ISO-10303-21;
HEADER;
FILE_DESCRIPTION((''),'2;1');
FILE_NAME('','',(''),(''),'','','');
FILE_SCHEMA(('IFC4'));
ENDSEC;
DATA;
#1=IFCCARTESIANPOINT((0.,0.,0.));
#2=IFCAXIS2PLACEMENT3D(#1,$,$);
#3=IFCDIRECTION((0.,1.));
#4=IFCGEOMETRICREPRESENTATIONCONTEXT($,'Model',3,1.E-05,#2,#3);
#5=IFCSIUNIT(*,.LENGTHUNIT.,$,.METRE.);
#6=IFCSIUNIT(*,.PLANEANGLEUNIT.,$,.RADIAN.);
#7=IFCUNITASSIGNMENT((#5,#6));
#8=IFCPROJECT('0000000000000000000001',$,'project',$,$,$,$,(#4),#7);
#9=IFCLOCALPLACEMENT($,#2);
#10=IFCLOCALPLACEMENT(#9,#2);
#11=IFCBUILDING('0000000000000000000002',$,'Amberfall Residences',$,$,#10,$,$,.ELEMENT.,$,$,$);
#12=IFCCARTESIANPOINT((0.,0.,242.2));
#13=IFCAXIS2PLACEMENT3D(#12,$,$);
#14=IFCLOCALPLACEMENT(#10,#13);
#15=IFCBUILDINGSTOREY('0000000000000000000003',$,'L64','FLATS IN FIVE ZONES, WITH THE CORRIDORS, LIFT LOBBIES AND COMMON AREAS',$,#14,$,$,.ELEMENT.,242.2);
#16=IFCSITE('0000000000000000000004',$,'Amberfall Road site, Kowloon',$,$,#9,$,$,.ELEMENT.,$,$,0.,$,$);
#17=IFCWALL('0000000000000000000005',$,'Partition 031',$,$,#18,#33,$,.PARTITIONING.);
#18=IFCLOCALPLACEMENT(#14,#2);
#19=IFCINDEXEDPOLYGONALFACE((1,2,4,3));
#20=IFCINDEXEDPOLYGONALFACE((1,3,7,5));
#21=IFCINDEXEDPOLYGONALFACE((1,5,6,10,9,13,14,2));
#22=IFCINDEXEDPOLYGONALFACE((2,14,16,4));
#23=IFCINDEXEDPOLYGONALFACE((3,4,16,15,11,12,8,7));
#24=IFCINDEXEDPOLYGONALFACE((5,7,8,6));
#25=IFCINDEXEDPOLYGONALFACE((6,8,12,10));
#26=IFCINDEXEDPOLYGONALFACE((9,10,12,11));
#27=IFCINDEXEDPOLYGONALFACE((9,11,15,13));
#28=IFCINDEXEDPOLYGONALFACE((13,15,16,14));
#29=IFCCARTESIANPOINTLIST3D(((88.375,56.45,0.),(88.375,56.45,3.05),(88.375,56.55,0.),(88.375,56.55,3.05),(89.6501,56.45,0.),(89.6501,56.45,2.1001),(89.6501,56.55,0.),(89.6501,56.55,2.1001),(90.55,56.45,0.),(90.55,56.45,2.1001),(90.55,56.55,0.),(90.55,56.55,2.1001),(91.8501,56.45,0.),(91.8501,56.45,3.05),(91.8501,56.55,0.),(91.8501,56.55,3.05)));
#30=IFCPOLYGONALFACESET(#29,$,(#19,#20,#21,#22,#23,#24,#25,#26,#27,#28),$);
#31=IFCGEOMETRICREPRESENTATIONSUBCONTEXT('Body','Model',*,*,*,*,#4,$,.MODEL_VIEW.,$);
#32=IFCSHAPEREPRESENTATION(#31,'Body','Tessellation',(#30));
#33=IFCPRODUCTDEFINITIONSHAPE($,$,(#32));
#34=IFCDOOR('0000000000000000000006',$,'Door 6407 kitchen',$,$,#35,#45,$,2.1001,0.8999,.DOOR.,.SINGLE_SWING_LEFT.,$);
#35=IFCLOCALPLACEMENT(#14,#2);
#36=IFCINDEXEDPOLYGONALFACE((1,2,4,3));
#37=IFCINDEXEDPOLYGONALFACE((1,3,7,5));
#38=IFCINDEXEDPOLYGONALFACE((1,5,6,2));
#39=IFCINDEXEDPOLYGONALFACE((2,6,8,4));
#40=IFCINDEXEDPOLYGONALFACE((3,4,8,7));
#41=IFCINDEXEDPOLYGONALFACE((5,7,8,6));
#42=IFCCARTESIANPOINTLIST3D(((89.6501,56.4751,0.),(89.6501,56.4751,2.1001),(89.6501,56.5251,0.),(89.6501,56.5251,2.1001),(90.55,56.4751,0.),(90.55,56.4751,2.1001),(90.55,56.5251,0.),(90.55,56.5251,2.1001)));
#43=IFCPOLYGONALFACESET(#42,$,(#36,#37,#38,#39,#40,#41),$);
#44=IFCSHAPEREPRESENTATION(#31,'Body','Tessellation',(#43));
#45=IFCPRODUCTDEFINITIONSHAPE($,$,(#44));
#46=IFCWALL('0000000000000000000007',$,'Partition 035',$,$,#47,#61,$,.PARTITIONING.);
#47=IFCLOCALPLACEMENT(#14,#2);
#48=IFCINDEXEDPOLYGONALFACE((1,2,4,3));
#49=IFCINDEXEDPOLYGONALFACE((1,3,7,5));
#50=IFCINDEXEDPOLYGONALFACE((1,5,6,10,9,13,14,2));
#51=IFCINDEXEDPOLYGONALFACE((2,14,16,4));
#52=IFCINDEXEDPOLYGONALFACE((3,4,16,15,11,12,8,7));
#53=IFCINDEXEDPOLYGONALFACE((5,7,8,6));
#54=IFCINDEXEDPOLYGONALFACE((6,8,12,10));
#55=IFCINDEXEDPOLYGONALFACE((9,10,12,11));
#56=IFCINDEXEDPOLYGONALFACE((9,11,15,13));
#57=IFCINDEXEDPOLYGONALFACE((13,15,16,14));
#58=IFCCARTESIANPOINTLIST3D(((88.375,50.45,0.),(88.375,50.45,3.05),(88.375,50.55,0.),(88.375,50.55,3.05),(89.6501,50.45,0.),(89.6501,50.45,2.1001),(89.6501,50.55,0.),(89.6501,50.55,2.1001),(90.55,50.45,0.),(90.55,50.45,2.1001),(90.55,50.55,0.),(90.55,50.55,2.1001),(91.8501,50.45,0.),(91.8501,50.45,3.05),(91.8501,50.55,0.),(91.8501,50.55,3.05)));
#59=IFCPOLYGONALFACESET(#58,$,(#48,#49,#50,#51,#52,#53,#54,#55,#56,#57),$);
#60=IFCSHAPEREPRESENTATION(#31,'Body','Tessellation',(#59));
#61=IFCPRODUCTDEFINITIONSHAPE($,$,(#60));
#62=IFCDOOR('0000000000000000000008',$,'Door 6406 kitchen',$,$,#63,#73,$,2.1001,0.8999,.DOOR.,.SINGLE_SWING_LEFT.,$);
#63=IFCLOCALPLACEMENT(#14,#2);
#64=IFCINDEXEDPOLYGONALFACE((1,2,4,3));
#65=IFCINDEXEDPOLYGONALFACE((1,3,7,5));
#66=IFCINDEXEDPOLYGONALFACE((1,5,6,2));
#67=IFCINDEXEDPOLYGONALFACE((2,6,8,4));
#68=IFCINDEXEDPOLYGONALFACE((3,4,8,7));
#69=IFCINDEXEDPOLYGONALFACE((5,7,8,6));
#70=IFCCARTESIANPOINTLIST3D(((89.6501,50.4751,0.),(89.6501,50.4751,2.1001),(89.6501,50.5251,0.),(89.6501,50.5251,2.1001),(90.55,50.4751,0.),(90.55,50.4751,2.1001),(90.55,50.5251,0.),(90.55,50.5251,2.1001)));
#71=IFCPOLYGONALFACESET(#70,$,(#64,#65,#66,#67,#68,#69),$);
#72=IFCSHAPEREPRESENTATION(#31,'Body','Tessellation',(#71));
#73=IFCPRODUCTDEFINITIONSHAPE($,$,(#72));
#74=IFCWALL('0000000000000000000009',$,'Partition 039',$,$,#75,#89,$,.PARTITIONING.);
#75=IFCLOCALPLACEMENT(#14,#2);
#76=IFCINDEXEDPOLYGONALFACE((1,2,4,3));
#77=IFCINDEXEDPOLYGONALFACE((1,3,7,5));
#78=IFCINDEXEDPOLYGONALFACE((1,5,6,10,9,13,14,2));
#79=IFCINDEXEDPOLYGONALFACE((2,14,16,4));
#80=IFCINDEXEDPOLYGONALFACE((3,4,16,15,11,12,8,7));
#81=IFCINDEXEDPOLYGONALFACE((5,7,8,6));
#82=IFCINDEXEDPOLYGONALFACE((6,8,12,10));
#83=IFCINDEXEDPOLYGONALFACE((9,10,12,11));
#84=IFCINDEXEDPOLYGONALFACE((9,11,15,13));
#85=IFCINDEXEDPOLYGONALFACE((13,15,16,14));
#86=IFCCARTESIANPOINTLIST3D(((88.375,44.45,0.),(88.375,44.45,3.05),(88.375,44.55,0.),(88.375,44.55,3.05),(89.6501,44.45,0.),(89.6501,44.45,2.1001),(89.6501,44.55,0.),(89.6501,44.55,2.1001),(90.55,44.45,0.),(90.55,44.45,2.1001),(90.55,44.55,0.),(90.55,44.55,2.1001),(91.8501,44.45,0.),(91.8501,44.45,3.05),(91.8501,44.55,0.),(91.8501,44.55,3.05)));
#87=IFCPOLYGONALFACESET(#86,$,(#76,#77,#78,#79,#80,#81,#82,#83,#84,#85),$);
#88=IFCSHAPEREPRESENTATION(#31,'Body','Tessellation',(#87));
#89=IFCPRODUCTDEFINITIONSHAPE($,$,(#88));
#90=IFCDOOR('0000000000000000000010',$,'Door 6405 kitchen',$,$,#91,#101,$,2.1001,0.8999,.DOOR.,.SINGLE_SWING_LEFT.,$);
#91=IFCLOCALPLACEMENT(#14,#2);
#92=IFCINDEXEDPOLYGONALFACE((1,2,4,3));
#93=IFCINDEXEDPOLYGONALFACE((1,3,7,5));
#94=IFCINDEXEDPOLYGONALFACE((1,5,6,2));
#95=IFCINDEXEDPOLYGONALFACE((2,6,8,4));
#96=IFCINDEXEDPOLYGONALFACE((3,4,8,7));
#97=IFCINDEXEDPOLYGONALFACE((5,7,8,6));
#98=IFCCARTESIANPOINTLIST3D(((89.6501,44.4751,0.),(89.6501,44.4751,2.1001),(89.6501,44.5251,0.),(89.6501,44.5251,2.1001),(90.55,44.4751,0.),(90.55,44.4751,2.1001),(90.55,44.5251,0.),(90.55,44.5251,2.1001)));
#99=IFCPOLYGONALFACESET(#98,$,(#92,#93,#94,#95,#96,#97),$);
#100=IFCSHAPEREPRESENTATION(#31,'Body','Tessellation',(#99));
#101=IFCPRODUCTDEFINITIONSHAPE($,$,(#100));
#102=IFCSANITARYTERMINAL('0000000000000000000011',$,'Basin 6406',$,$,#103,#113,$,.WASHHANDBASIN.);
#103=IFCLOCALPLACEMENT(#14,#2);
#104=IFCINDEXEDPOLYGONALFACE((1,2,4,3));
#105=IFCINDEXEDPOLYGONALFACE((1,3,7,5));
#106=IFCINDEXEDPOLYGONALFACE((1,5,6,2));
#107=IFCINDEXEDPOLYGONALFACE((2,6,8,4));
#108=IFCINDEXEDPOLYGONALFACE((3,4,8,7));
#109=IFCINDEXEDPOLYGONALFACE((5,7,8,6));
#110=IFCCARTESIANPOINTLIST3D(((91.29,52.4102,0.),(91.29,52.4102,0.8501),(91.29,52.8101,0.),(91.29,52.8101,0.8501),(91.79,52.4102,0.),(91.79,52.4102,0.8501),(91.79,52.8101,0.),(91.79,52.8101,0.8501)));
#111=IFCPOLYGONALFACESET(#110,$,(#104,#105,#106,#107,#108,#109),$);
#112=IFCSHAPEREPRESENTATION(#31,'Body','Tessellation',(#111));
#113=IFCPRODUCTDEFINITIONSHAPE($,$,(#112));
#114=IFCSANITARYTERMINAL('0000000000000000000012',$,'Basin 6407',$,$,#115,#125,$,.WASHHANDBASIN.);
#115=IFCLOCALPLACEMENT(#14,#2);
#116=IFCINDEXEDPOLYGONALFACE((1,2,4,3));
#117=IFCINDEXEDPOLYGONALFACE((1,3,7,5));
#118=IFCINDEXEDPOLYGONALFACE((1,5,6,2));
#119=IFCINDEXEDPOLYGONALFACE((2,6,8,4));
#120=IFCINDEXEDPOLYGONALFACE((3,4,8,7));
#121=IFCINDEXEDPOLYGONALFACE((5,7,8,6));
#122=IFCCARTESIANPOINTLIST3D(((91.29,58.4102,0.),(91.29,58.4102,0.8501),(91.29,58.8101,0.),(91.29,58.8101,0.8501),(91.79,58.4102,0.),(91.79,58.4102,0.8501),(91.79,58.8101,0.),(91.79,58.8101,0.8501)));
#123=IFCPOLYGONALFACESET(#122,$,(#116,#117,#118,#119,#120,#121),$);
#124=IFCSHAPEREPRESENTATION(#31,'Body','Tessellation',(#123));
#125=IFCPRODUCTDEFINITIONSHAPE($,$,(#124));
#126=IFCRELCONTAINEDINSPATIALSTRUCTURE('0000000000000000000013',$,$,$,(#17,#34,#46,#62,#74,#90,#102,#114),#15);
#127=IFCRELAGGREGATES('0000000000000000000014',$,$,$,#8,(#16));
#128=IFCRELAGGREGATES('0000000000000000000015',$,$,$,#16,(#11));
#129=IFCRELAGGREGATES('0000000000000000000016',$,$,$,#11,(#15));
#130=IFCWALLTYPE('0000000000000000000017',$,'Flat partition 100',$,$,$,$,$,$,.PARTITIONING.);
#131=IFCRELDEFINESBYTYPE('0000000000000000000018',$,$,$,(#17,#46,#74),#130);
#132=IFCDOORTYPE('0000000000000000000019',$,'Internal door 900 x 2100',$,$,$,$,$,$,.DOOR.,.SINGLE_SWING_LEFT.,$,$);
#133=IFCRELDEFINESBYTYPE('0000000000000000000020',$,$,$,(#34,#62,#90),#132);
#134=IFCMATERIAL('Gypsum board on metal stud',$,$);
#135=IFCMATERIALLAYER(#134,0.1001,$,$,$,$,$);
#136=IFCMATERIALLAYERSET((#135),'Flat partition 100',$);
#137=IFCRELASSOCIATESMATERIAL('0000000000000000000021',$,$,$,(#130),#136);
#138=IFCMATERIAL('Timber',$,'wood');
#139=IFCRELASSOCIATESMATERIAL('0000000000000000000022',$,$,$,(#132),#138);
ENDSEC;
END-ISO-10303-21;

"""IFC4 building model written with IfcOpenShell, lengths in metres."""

from ifc_helpers import new_model, si_unit, direction, frame, frame_2d, origin, origin_2d, place, context, subcontext, project, spatial, rectangle, extrude, material, layer, layer_set, type_object, element, fill, save


model = new_model("IFC4")

# Units and contexts
model_context = context("Model", 3, precision=1e-05, world=origin(), true_north=direction((0.0, 1.0)))
body_context = subcontext(model_context, "Body", "Model", "MODEL_VIEW")
ifc_project = project(units=[si_unit("LENGTHUNIT", "METRE"), si_unit("PLANEANGLEUNIT", "RADIAN")], contexts=[model_context])

# Site, building, storey
site_placement = place(None, origin())
site = spatial("IfcSite", under=ifc_project, at=site_placement, Name="Amberfall Road site, Kowloon", CompositionType="ELEMENT", RefElevation=0.0)
building_placement = place(site_placement, origin())
building = spatial("IfcBuilding", under=site, at=building_placement, Name="Amberfall Residences", CompositionType="ELEMENT")
storey_placement = place(building_placement, frame((0.0, 0.0, 242.2)))
storey = spatial("IfcBuildingStorey", under=building, at=storey_placement, Name="L64", Description="FLATS IN FIVE ZONES, WITH THE CORRIDORS, LIFT LOBBIES AND COMMON AREAS", CompositionType="ELEMENT", Elevation=242.2)

# Shared definitions
ifc_material_1 = material(Name="Gypsum board on metal stud")
ifc_layer_1 = layer(ifc_material_1, 0.1001)
ifc_layer_set_1 = layer_set([ifc_layer_1], Name="Flat partition 100")
wall_type = type_object("IfcWallType", Name="Flat partition 100", PredefinedType="PARTITIONING", material=ifc_layer_set_1)

# Walls, openings, doors
wall_1_placement = place(storey_placement, frame((91.8501, 56.5, 0.0), z_axis=(0.0, 0.0, 1.0), x_axis=(-1.0, 0.0, 0.0)))
wall_1 = element("IfcWall", 1, at=wall_1_placement, inside=storey, type_object=wall_type, Name="Partition 031", PredefinedType="PARTITIONING", context=body_context, shape_type="SweptSolid", body=[
    extrude(rectangle(XDim=3.4751, YDim=0.1001, at=frame_2d((1.7375, 0.0))), origin(), (0.0, 0.0, 1.0), 3.05),
])
opening_1_placement = place(wall_1_placement, frame((1.3, 0.0, 0.0)))
opening_1 = element("IfcOpeningElement", 2, at=opening_1_placement, cuts=wall_1, PredefinedType="OPENING", context=body_context, shape_type="SweptSolid", body=[
    extrude(rectangle(XDim=0.8999, YDim=2.1001, at=frame_2d((0.45, 1.05))), frame((0.0, 0.0601, 0.0), z_axis=(0.0, -1.0, 0.0), x_axis=(1.0, 0.0, 0.0)), (0.0, 0.0, 1.0), 0.1201),
])
ifc_material_2 = material(Name="Timber", Category="wood")
door_type = type_object("IfcDoorType", Name="Internal door 900 x 2100", OperationType="SINGLE_SWING_LEFT", PredefinedType="DOOR", material=ifc_material_2)
door_1_placement = place(opening_1_placement, origin())
door_1 = element("IfcDoor", 3, at=door_1_placement, inside=storey, type_object=door_type, Name="Door 6407 kitchen", OperationType="SINGLE_SWING_LEFT", OverallHeight=2.1001, OverallWidth=0.8999, PredefinedType="DOOR", context=body_context, shape_type="SweptSolid", body=[
    extrude(rectangle(XDim=0.8999, YDim=2.1001, at=frame_2d((0.45, 1.05))), frame((0.0, 0.0249, 0.0), z_axis=(0.0, -1.0, 0.0), x_axis=(1.0, 0.0, 0.0)), (0.0, 0.0, 1.0), 0.05),
])
fill(opening_1, door_1)
wall_2_placement = place(storey_placement, frame((91.8501, 50.5, 0.0), z_axis=(0.0, 0.0, 1.0), x_axis=(-1.0, 0.0, 0.0)))
wall_2 = element("IfcWall", 4, at=wall_2_placement, inside=storey, type_object=wall_type, Name="Partition 035", PredefinedType="PARTITIONING", context=body_context, shape_type="SweptSolid", body=[
    extrude(rectangle(XDim=3.4751, YDim=0.1001, at=frame_2d((1.7375, 0.0))), origin(), (0.0, 0.0, 1.0), 3.05),
])
opening_2_placement = place(wall_2_placement, frame((1.3, 0.0, 0.0)))
opening_2 = element("IfcOpeningElement", 5, at=opening_2_placement, cuts=wall_2, PredefinedType="OPENING", context=body_context, shape_type="SweptSolid", body=[
    extrude(rectangle(XDim=0.8999, YDim=2.1001, at=frame_2d((0.45, 1.05))), frame((0.0, 0.0601, 0.0), z_axis=(0.0, -1.0, 0.0), x_axis=(1.0, 0.0, 0.0)), (0.0, 0.0, 1.0), 0.1201),
])
door_2_placement = place(opening_2_placement, origin())
door_2 = element("IfcDoor", 6, at=door_2_placement, inside=storey, type_object=door_type, Name="Door 6406 kitchen", OperationType="SINGLE_SWING_LEFT", OverallHeight=2.1001, OverallWidth=0.8999, PredefinedType="DOOR", context=body_context, shape_type="SweptSolid", body=[
    extrude(rectangle(XDim=0.8999, YDim=2.1001, at=frame_2d((0.45, 1.05))), frame((0.0, 0.0249, 0.0), z_axis=(0.0, -1.0, 0.0), x_axis=(1.0, 0.0, 0.0)), (0.0, 0.0, 1.0), 0.05),
])
fill(opening_2, door_2)
wall_3_placement = place(storey_placement, frame((91.8501, 44.5, 0.0), z_axis=(0.0, 0.0, 1.0), x_axis=(-1.0, 0.0, 0.0)))
wall_3 = element("IfcWall", 7, at=wall_3_placement, inside=storey, type_object=wall_type, Name="Partition 039", PredefinedType="PARTITIONING", context=body_context, shape_type="SweptSolid", body=[
    extrude(rectangle(XDim=3.4751, YDim=0.1001, at=frame_2d((1.7375, 0.0))), origin(), (0.0, 0.0, 1.0), 3.05),
])
opening_3_placement = place(wall_3_placement, frame((1.3, 0.0, 0.0)))
opening_3 = element("IfcOpeningElement", 8, at=opening_3_placement, cuts=wall_3, PredefinedType="OPENING", context=body_context, shape_type="SweptSolid", body=[
    extrude(rectangle(XDim=0.8999, YDim=2.1001, at=frame_2d((0.45, 1.05))), frame((0.0, 0.0601, 0.0), z_axis=(0.0, -1.0, 0.0), x_axis=(1.0, 0.0, 0.0)), (0.0, 0.0, 1.0), 0.1201),
])
door_3_placement = place(opening_3_placement, origin())
door_3 = element("IfcDoor", 9, at=door_3_placement, inside=storey, type_object=door_type, Name="Door 6405 kitchen", OperationType="SINGLE_SWING_LEFT", OverallHeight=2.1001, OverallWidth=0.8999, PredefinedType="DOOR", context=body_context, shape_type="SweptSolid", body=[
    extrude(rectangle(XDim=0.8999, YDim=2.1001, at=frame_2d((0.45, 1.05))), frame((0.0, 0.0249, 0.0), z_axis=(0.0, -1.0, 0.0), x_axis=(1.0, 0.0, 0.0)), (0.0, 0.0, 1.0), 0.05),
])
fill(opening_3, door_3)

# Sanitary terminals
for number, where, z_axis, x_axis, name in (
    (10, (91.54, 52.6101, 0.0), (0.0, 0.0, 1.0), (1.0, 0.0, 0.0), "Basin 6406"),
    (11, (91.54, 58.6101, 0.0), (0.0, 0.0, 1.0), (1.0, 0.0, 0.0), "Basin 6407"),
):
    element("IfcSanitaryTerminal", number, at=place(storey_placement, frame(where, z_axis=z_axis, x_axis=x_axis)), inside=storey, Name=name, PredefinedType="WASHHANDBASIN", context=body_context, shape_type="SweptSolid", body=[
        extrude(rectangle(XDim=0.5, YDim=0.3999, at=origin_2d()), origin(), (0.0, 0.0, 1.0), 0.8501),
    ])

save(model, "model.ifc")
